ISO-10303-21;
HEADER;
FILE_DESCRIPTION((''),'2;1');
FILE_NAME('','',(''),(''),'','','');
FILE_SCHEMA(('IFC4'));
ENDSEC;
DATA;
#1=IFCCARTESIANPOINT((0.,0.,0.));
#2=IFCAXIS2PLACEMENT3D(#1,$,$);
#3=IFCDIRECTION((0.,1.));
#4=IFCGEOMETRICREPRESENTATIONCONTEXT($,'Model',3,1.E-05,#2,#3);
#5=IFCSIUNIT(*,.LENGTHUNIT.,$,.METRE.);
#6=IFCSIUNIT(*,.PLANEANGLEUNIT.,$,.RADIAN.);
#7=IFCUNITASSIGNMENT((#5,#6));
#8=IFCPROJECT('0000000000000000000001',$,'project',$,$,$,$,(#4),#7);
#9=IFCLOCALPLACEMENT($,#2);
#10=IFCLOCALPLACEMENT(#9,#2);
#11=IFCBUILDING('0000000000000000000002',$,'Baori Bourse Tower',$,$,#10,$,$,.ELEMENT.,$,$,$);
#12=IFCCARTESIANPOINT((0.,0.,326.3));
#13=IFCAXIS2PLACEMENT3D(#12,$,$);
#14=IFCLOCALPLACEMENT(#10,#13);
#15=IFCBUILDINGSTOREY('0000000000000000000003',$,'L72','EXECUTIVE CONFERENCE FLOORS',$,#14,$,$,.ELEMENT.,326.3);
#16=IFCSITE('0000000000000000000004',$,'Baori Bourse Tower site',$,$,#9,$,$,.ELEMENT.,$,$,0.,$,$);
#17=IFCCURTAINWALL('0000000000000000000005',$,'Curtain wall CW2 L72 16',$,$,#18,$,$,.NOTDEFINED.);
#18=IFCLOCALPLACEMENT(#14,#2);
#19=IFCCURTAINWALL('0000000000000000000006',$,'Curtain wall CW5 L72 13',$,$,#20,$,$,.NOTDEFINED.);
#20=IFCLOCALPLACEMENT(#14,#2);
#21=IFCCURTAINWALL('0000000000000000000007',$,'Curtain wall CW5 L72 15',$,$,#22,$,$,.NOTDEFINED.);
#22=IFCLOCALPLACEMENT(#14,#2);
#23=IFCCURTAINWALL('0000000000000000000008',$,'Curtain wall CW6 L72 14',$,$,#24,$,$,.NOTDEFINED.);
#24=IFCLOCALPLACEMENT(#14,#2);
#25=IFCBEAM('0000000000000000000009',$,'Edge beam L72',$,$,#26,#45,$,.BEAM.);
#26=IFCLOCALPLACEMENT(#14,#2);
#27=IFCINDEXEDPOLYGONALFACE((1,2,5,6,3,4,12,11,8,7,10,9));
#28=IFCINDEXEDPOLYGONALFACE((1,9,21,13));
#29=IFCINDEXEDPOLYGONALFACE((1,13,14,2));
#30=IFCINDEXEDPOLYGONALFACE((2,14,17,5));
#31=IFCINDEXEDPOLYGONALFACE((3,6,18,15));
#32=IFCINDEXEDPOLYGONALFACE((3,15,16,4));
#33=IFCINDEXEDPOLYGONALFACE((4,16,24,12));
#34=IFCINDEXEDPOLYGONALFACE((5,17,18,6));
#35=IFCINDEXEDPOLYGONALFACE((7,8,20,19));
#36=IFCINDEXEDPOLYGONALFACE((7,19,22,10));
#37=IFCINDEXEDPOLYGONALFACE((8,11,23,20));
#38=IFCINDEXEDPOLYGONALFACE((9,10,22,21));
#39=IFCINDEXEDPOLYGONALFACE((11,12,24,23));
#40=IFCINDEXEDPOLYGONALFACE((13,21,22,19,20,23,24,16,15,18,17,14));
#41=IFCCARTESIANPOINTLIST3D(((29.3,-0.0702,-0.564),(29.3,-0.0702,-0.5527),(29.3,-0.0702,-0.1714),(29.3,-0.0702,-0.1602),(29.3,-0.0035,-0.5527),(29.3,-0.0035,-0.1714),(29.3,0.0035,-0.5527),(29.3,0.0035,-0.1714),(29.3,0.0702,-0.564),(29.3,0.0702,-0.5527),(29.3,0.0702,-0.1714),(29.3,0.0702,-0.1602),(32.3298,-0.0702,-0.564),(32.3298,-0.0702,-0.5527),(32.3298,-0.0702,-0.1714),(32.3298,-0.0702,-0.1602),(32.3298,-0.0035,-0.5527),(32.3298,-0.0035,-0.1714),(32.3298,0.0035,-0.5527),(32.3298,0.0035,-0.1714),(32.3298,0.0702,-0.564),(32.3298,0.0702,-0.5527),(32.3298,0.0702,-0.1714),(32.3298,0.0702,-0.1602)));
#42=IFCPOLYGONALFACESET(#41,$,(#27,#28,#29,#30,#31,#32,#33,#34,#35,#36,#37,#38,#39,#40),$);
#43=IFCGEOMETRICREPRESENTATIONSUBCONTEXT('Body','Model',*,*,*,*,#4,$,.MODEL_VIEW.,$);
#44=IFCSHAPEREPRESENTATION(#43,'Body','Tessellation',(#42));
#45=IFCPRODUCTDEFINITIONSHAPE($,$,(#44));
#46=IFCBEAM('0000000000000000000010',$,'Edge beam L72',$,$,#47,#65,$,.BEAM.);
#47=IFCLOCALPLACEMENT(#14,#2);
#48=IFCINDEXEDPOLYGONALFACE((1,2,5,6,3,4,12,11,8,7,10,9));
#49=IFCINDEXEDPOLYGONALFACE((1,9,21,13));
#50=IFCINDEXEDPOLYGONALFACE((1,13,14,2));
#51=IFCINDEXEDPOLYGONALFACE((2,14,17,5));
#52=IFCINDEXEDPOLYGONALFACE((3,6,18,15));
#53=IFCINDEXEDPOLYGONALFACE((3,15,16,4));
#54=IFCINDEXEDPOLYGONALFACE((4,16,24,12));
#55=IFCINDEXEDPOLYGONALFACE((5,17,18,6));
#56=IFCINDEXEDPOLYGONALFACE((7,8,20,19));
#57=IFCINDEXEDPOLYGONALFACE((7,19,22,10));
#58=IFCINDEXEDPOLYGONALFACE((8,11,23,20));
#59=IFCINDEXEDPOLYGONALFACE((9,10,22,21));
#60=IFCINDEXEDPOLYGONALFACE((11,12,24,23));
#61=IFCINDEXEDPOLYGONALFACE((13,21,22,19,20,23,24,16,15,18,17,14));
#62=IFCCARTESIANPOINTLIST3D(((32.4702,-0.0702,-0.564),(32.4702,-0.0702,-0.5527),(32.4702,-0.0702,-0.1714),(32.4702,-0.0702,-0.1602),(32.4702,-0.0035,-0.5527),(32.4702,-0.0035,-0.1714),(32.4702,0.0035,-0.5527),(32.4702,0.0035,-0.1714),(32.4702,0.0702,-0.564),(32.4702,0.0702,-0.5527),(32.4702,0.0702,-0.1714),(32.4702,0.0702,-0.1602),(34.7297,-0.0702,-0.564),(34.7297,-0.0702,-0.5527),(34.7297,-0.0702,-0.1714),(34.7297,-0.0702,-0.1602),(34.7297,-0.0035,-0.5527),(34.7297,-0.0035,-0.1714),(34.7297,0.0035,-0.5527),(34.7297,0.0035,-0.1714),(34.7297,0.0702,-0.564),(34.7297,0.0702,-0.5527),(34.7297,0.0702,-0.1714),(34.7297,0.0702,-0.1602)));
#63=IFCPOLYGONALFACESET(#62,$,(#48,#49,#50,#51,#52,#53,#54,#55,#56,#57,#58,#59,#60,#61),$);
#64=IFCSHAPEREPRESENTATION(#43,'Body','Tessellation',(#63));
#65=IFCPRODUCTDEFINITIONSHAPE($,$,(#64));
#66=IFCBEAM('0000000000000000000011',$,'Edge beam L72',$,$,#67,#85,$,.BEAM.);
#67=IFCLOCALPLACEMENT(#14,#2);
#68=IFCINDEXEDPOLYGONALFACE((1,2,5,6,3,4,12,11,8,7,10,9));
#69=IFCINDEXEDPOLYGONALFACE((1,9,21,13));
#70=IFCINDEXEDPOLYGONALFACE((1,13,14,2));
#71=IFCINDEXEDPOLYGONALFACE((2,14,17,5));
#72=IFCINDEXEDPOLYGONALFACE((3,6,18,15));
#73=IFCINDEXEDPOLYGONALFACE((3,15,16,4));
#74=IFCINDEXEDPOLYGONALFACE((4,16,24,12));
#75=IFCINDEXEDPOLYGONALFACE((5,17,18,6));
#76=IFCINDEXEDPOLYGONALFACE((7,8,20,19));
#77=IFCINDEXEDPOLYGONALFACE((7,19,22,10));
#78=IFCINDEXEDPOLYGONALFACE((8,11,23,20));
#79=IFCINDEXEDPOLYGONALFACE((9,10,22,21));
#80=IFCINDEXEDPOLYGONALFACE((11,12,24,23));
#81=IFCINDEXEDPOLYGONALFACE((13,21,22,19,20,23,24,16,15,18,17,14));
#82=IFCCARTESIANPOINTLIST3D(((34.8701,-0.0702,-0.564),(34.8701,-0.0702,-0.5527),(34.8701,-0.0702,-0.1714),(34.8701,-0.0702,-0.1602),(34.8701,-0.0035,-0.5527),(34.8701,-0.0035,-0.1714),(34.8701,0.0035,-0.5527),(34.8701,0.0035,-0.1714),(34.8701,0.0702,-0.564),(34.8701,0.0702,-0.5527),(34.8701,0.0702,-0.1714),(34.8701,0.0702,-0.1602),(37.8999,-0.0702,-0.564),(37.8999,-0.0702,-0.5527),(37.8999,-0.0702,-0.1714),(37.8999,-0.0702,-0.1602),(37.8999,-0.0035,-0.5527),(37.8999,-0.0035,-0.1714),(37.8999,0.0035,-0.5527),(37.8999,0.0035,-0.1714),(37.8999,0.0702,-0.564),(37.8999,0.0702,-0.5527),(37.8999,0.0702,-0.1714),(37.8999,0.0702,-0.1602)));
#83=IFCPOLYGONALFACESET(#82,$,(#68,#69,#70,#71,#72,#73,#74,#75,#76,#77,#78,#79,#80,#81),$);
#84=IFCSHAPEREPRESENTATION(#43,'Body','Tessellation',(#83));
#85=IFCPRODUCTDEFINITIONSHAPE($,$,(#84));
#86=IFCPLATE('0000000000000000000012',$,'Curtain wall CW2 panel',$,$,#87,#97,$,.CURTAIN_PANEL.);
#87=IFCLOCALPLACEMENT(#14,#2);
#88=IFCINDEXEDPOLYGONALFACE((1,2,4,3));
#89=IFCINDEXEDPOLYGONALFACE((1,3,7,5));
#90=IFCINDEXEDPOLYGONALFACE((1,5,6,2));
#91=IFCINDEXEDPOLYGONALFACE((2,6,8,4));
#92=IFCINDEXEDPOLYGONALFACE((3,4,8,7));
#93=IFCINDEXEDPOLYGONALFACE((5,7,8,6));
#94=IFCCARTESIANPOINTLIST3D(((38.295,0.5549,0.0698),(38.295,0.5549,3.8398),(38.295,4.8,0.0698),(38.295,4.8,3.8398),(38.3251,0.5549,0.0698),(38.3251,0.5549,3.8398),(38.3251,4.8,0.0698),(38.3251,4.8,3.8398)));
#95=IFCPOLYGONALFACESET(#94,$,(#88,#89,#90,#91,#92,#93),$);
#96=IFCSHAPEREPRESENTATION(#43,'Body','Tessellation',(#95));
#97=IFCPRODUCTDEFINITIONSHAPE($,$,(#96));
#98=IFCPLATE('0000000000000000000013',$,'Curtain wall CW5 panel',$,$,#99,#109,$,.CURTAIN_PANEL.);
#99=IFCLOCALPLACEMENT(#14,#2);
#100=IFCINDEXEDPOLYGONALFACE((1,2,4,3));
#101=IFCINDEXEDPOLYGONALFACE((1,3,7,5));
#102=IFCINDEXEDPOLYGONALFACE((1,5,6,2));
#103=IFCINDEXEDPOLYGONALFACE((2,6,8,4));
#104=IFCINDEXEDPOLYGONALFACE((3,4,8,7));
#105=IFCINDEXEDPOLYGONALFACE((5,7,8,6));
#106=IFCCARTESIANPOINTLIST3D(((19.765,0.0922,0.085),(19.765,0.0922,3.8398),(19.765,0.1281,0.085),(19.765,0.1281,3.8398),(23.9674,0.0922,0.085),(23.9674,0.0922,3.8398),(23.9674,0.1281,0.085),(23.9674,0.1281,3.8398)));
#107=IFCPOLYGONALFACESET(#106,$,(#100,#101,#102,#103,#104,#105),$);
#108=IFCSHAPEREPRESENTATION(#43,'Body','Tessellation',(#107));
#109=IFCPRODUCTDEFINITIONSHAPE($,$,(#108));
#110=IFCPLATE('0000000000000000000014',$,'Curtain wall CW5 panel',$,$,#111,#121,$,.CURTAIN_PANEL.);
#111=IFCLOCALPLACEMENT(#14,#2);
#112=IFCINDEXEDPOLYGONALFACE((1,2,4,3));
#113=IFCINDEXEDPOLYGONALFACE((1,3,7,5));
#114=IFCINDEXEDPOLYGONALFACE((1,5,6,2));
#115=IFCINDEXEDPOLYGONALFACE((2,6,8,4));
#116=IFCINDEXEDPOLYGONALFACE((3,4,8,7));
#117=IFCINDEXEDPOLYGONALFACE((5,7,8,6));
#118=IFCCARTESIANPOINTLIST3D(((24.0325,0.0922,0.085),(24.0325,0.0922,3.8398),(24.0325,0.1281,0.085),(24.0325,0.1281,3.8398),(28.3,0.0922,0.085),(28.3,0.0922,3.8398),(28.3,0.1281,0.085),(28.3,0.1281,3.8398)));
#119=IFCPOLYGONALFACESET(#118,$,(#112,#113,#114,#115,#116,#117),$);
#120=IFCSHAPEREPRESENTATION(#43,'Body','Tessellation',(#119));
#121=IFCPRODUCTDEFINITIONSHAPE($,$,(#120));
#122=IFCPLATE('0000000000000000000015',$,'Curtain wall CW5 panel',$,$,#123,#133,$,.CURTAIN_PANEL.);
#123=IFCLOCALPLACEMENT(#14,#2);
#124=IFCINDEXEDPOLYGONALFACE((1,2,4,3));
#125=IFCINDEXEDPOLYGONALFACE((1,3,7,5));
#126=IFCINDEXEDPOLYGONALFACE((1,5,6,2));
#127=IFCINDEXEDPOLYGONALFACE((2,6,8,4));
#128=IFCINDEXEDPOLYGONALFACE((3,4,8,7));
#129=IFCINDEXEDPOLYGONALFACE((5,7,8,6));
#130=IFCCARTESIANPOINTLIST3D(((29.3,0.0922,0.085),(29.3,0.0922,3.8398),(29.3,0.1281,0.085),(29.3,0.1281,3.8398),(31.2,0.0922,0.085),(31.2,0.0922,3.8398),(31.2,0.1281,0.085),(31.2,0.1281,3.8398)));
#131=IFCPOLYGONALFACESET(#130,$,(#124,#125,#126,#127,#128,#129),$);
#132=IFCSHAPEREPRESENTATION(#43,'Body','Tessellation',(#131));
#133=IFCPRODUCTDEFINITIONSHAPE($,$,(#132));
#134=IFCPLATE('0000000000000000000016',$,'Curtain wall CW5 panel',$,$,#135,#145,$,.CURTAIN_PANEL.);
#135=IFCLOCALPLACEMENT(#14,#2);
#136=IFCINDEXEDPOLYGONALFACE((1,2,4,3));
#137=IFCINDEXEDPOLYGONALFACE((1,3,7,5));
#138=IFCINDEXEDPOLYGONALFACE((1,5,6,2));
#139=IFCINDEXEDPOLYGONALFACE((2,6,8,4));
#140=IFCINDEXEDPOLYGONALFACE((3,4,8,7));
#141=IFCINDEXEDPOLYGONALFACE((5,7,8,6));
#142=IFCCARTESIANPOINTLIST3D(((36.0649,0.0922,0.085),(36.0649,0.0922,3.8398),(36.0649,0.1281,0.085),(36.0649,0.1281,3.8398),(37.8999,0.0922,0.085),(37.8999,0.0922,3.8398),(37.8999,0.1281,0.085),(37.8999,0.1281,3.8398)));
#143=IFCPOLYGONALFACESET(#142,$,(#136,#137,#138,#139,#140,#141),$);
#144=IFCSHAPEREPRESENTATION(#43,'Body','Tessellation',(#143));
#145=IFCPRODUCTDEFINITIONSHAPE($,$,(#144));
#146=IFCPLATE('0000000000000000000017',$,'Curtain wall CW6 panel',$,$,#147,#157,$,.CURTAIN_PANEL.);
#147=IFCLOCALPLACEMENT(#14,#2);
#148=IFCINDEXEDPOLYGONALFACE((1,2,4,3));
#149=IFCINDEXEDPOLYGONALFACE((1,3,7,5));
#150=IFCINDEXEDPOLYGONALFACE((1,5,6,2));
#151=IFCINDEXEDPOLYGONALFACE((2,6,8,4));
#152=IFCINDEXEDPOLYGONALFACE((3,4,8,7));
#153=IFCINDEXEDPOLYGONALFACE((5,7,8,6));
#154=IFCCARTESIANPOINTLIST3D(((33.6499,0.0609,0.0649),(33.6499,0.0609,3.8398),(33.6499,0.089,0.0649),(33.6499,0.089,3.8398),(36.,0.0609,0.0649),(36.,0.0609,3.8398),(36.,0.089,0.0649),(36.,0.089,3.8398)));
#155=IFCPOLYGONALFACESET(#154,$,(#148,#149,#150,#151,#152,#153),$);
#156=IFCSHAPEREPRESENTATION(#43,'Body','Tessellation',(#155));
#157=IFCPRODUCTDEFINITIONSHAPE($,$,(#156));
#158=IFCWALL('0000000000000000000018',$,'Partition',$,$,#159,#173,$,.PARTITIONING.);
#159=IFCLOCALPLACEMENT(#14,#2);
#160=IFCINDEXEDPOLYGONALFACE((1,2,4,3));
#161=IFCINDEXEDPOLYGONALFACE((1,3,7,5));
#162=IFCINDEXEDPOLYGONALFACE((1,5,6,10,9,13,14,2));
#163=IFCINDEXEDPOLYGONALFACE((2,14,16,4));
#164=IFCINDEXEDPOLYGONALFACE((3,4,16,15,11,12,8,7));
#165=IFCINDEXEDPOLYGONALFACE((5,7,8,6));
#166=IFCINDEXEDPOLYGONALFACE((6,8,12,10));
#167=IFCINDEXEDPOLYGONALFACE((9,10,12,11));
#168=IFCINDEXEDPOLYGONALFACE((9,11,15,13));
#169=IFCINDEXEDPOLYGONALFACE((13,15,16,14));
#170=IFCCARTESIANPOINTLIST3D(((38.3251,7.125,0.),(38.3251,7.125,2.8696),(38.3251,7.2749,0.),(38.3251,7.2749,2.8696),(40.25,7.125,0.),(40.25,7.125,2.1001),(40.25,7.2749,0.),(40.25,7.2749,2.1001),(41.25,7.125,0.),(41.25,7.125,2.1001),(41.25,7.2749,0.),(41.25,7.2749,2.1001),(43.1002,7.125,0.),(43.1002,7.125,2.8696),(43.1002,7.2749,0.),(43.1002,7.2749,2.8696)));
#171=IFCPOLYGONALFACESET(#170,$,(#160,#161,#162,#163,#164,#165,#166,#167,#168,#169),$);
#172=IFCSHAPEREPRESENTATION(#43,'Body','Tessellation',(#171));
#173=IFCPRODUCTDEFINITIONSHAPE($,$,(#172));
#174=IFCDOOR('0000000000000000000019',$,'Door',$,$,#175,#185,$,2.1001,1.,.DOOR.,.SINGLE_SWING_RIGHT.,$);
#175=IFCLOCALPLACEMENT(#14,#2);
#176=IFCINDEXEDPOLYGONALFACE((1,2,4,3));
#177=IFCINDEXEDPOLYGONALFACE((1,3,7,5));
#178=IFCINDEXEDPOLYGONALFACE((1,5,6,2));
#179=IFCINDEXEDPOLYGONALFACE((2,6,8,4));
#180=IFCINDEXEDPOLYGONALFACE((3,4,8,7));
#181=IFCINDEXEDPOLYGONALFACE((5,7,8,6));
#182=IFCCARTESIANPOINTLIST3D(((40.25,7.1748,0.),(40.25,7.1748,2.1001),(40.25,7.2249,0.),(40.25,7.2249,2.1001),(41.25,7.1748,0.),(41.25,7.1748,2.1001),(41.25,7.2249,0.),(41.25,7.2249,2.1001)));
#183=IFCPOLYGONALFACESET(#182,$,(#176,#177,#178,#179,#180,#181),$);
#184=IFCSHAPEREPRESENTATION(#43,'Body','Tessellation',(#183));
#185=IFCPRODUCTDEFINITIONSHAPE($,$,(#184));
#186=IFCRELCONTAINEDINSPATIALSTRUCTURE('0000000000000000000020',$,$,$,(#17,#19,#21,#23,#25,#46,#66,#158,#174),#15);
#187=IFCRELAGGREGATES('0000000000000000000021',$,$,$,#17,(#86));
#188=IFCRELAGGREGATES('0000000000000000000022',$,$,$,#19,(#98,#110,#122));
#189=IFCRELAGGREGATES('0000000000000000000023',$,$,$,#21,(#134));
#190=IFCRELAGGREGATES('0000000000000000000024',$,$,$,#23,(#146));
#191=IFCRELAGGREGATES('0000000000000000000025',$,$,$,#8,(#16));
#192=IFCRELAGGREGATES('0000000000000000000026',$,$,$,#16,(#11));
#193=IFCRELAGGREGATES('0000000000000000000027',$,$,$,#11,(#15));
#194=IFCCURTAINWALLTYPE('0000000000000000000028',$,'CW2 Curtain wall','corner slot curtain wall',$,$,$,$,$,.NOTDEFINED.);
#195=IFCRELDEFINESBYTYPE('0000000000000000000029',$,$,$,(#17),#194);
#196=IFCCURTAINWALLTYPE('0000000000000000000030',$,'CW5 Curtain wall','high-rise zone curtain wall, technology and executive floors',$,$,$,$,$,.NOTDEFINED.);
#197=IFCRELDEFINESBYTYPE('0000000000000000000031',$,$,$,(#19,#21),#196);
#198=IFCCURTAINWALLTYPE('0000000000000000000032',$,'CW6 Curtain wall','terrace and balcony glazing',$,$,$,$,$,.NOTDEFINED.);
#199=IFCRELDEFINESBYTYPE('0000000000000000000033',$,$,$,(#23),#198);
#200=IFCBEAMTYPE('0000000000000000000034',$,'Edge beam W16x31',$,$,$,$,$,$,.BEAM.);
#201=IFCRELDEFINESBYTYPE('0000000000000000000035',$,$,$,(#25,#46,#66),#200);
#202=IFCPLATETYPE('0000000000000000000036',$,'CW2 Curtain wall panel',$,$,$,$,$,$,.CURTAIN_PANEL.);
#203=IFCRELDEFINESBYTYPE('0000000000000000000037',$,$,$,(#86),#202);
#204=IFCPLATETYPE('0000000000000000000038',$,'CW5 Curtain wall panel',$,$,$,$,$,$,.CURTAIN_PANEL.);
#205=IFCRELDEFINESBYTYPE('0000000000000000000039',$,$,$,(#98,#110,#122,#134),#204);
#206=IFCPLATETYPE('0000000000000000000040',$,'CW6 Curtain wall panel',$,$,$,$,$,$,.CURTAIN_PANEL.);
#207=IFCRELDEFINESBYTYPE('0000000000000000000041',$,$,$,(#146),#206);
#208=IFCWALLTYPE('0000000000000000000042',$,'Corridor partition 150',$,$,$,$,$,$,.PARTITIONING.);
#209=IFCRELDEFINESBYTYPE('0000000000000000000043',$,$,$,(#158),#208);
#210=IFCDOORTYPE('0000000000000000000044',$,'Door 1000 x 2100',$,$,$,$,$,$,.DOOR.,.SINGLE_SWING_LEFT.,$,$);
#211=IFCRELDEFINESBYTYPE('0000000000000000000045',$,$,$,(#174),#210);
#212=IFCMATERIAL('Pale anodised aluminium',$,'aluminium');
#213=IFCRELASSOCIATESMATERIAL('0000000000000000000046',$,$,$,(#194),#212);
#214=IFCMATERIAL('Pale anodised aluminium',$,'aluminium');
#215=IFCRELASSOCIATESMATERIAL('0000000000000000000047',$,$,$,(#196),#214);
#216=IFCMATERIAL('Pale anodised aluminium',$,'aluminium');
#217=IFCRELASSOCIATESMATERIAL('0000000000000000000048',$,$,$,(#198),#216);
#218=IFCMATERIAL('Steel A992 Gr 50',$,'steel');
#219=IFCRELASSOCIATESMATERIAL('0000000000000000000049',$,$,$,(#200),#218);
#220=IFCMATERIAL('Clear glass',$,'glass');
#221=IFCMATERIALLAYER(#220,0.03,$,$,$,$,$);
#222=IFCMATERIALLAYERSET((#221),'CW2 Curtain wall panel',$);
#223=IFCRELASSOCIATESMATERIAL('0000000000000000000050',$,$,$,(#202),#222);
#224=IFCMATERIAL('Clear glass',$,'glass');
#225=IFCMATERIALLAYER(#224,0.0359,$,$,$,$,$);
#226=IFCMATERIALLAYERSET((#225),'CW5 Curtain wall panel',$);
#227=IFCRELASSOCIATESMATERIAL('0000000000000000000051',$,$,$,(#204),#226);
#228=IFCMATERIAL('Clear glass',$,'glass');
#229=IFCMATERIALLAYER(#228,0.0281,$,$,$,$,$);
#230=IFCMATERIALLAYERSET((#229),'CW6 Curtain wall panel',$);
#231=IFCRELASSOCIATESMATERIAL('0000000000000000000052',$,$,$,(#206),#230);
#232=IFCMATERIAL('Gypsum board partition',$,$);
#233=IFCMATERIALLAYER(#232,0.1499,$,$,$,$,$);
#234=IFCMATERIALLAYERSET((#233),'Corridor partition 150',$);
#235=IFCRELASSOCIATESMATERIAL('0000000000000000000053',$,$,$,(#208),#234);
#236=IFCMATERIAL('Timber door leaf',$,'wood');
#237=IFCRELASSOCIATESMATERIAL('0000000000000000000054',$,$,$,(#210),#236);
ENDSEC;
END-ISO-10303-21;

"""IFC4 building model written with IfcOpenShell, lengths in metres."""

from ifc_helpers import new_model, si_unit, direction, frame, frame_2d, origin, origin_2d, place, context, subcontext, project, spatial, rectangle, i_section, extrude, material, layer, layer_set, material_profile, profile_set, type_object, element, fill, aggregate, save


model = new_model("IFC4")

# Units and contexts
model_context = context("Model", 3, precision=1e-05, world=origin(), true_north=direction((0.0, 1.0)))
body_context = subcontext(model_context, "Body", "Model", "MODEL_VIEW")
ifc_project = project(units=[si_unit("LENGTHUNIT", "METRE"), si_unit("PLANEANGLEUNIT", "RADIAN")], contexts=[model_context])

# Site, building, storey
site_placement = place(None, origin())
site = spatial("IfcSite", under=ifc_project, at=site_placement, Name="Baori Bourse Tower site", CompositionType="ELEMENT", RefElevation=0.0)
building_placement = place(site_placement, origin())
building = spatial("IfcBuilding", under=site, at=building_placement, Name="Baori Bourse Tower", CompositionType="ELEMENT")
storey_placement = place(building_placement, frame((0.0, 0.0, 326.3)))
storey = spatial("IfcBuildingStorey", under=building, at=storey_placement, Name="L72", Description="EXECUTIVE CONFERENCE FLOORS", CompositionType="ELEMENT", Elevation=326.3)

# Curtain wall
ifc_material_1 = material(Name="Pale anodised aluminium", Category="aluminium")
curtain_wall_type_1 = type_object("IfcCurtainWallType", Name="CW2 Curtain wall", Description="corner slot curtain wall", PredefinedType="NOTDEFINED", material=ifc_material_1)
curtain_wall_1_placement = place(storey_placement, origin())
curtain_wall_1 = element("IfcCurtainWall", 1, at=curtain_wall_1_placement, inside=storey, type_object=curtain_wall_type_1, Name="Curtain wall CW2 L72 16", PredefinedType="NOTDEFINED")

# Curtain walls
ifc_material_2 = material(Name="Pale anodised aluminium", Category="aluminium")
curtain_wall_type_2 = type_object("IfcCurtainWallType", Name="CW5 Curtain wall", Description="high-rise zone curtain wall, technology and executive floors", PredefinedType="NOTDEFINED", material=ifc_material_2)
curtain_wall_2_placement = place(storey_placement, origin())
curtain_wall_2 = element("IfcCurtainWall", 2, at=curtain_wall_2_placement, inside=storey, type_object=curtain_wall_type_2, Name="Curtain wall CW5 L72 13", PredefinedType="NOTDEFINED")
curtain_wall_3_placement = place(storey_placement, origin())
curtain_wall_3 = element("IfcCurtainWall", 3, at=curtain_wall_3_placement, inside=storey, type_object=curtain_wall_type_2, Name="Curtain wall CW5 L72 15", PredefinedType="NOTDEFINED")

# Curtain wall
ifc_material_3 = material(Name="Pale anodised aluminium", Category="aluminium")
curtain_wall_type_3 = type_object("IfcCurtainWallType", Name="CW6 Curtain wall", Description="terrace and balcony glazing", PredefinedType="NOTDEFINED", material=ifc_material_3)
curtain_wall_4_placement = place(storey_placement, origin())
curtain_wall_4 = element("IfcCurtainWall", 4, at=curtain_wall_4_placement, inside=storey, type_object=curtain_wall_type_3, Name="Curtain wall CW6 L72 14", PredefinedType="NOTDEFINED")

# Beams
ifc_material_4 = material(Name="Steel A992 Gr 50", Category="steel")
ifc_material_profile_1 = material_profile(ifc_material_4, i_section(OverallWidth=0.1404, OverallDepth=0.4038, WebThickness=0.0071, FlangeThickness=0.0112, at=origin_2d()), Name="W16x31")
ifc_profile_set_1 = profile_set([ifc_material_profile_1], Name="Steel A992 Gr 50")
beam_type_1 = type_object("IfcBeamType", Name="Edge beam W16x31", PredefinedType="BEAM", material=ifc_profile_set_1)
beam_1_placement = place(storey_placement, frame((29.3, 0.0, -0.3621), z_axis=(1.0, 0.0, 0.0), x_axis=(0.0, 1.0, 0.0)))
element("IfcBeam", 5, at=beam_1_placement, inside=storey, type_object=beam_type_1, Name="Edge beam L72", PredefinedType="BEAM", context=body_context, shape_type="SweptSolid", body=[
    extrude(i_section(OverallWidth=0.1404, OverallDepth=0.4038, WebThickness=0.0071, FlangeThickness=0.0112, at=origin_2d()), origin(), (0.0, 0.0, 1.0), 3.0298),
])
beam_2_placement = place(storey_placement, frame((32.4702, 0.0, -0.3621), z_axis=(1.0, 0.0, 0.0), x_axis=(0.0, 1.0, 0.0)))
element("IfcBeam", 6, at=beam_2_placement, inside=storey, type_object=beam_type_1, Name="Edge beam L72", PredefinedType="BEAM", context=body_context, shape_type="SweptSolid", body=[
    extrude(i_section(OverallWidth=0.1404, OverallDepth=0.4038, WebThickness=0.0071, FlangeThickness=0.0112, at=origin_2d()), origin(), (0.0, 0.0, 1.0), 2.2595),
])
beam_3_placement = place(storey_placement, frame((34.8701, 0.0, -0.3621), z_axis=(1.0, 0.0, 0.0), x_axis=(0.0, 1.0, 0.0)))
element("IfcBeam", 7, at=beam_3_placement, inside=storey, type_object=beam_type_1, Name="Edge beam L72", PredefinedType="BEAM", context=body_context, shape_type="SweptSolid", body=[
    extrude(i_section(OverallWidth=0.1404, OverallDepth=0.4038, WebThickness=0.0071, FlangeThickness=0.0112, at=origin_2d()), origin(), (0.0, 0.0, 1.0), 3.0298),
])

# Plates
ifc_material_5 = material(Name="Clear glass", Category="glass")
ifc_layer_1 = layer(ifc_material_5, 0.03)
ifc_layer_set_1 = layer_set([ifc_layer_1], Name="CW2 Curtain wall panel")
plate_type_1 = type_object("IfcPlateType", Name="CW2 Curtain wall panel", PredefinedType="CURTAIN_PANEL", material=ifc_layer_set_1)
plate_1_placement = place(storey_placement, frame((38.3101, 2.6775, 0.0698), z_axis=(0.0, 0.0, 1.0), x_axis=(0.0, 1.0, 0.0)))
plate_1 = element("IfcPlate", 8, at=plate_1_placement, type_object=plate_type_1, Name="Curtain wall CW2 panel", PredefinedType="CURTAIN_PANEL", context=body_context, shape_type="SweptSolid", body=[
    extrude(rectangle(XDim=4.2451, YDim=0.03, at=origin_2d()), origin(), (0.0, 0.0, 1.0), 3.77),
])
aggregate(curtain_wall_1, [plate_1])
ifc_material_6 = material(Name="Clear glass", Category="glass")
ifc_layer_2 = layer(ifc_material_6, 0.0359)
ifc_layer_set_2 = layer_set([ifc_layer_2], Name="CW5 Curtain wall panel")
plate_type_2 = type_object("IfcPlateType", Name="CW5 Curtain wall panel", PredefinedType="CURTAIN_PANEL", material=ifc_layer_set_2)
plate_2_placement = place(storey_placement, frame((21.8662, 0.1101, 0.085), z_axis=(0.0, 0.0, 1.0), x_axis=(1.0, 0.0, 0.0)))
plate_2 = element("IfcPlate", 9, at=plate_2_placement, type_object=plate_type_2, Name="Curtain wall CW5 panel", PredefinedType="CURTAIN_PANEL", context=body_context, shape_type="SweptSolid", body=[
    extrude(rectangle(XDim=4.2024, YDim=0.0359, at=origin_2d()), origin(), (0.0, 0.0, 1.0), 3.7549),
])
plate_3_placement = place(storey_placement, frame((26.1663, 0.1101, 0.085), z_axis=(0.0, 0.0, 1.0), x_axis=(1.0, 0.0, 0.0)))
plate_3 = element("IfcPlate", 10, at=plate_3_placement, type_object=plate_type_2, Name="Curtain wall CW5 panel", PredefinedType="CURTAIN_PANEL", context=body_context, shape_type="SweptSolid", body=[
    extrude(rectangle(XDim=4.2676, YDim=0.0359, at=origin_2d()), origin(), (0.0, 0.0, 1.0), 3.7549),
])
plate_4_placement = place(storey_placement, frame((30.25, 0.1101, 0.085), z_axis=(0.0, 0.0, 1.0), x_axis=(1.0, 0.0, 0.0)))
plate_4 = element("IfcPlate", 11, at=plate_4_placement, type_object=plate_type_2, Name="Curtain wall CW5 panel", PredefinedType="CURTAIN_PANEL", context=body_context, shape_type="SweptSolid", body=[
    extrude(rectangle(XDim=1.8999, YDim=0.0359, at=origin_2d()), origin(), (0.0, 0.0, 1.0), 3.7549),
])
aggregate(curtain_wall_2, [plate_2, plate_3, plate_4])
plate_5_placement = place(storey_placement, frame((36.9824, 0.1101, 0.085), z_axis=(0.0, 0.0, 1.0), x_axis=(1.0, 0.0, 0.0)))
plate_5 = element("IfcPlate", 12, at=plate_5_placement, type_object=plate_type_2, Name="Curtain wall CW5 panel", PredefinedType="CURTAIN_PANEL", context=body_context, shape_type="SweptSolid", body=[
    extrude(rectangle(XDim=1.835, YDim=0.0359, at=origin_2d()), origin(), (0.0, 0.0, 1.0), 3.7549),
])
aggregate(curtain_wall_3, [plate_5])
ifc_material_7 = material(Name="Clear glass", Category="glass")
ifc_layer_3 = layer(ifc_material_7, 0.0281)
ifc_layer_set_3 = layer_set([ifc_layer_3], Name="CW6 Curtain wall panel")
plate_type_3 = type_object("IfcPlateType", Name="CW6 Curtain wall panel", PredefinedType="CURTAIN_PANEL", material=ifc_layer_set_3)
plate_6_placement = place(storey_placement, frame((34.825, 0.075, 0.0649), z_axis=(0.0, 0.0, 1.0), x_axis=(1.0, 0.0, 0.0)))
plate_6 = element("IfcPlate", 13, at=plate_6_placement, type_object=plate_type_3, Name="Curtain wall CW6 panel", PredefinedType="CURTAIN_PANEL", context=body_context, shape_type="SweptSolid", body=[
    extrude(rectangle(XDim=2.3501, YDim=0.0281, at=origin_2d()), origin(), (0.0, 0.0, 1.0), 3.7749),
])
aggregate(curtain_wall_4, [plate_6])

# Wall, opening, door
ifc_material_8 = material(Name="Gypsum board partition")
ifc_layer_4 = layer(ifc_material_8, 0.1499)
ifc_layer_set_4 = layer_set([ifc_layer_4], Name="Corridor partition 150")
wall_type_1 = type_object("IfcWallType", Name="Corridor partition 150", PredefinedType="PARTITIONING", material=ifc_layer_set_4)
wall_1_placement = place(storey_placement, frame((38.325, 7.2, 0.0), z_axis=(0.0, 0.0, 1.0), x_axis=(1.0, 0.0, 0.0)))
wall_1 = element("IfcWall", 14, at=wall_1_placement, inside=storey, type_object=wall_type_1, Name="Partition", PredefinedType="PARTITIONING", context=body_context, shape_type="SweptSolid", body=[
    extrude(rectangle(XDim=4.7751, YDim=0.1499, at=frame_2d((2.3877, 0.0))), origin(), (0.0, 0.0, 1.0), 2.8696),
])
opening_1_placement = place(wall_1_placement, frame((1.925, 0.0, 0.0)))
opening_1 = element("IfcOpeningElement", 15, at=opening_1_placement, cuts=wall_1, PredefinedType="OPENING", context=body_context, shape_type="SweptSolid", body=[
    extrude(rectangle(XDim=1.0, YDim=2.1001, at=frame_2d((0.5, 1.05))), frame((0.0, 0.085, 0.0), z_axis=(0.0, -1.0, 0.0), x_axis=(1.0, 0.0, 0.0)), (0.0, 0.0, 1.0), 0.1699),
])
ifc_material_9 = material(Name="Timber door leaf", Category="wood")
door_type_1 = type_object("IfcDoorType", Name="Door 1000 x 2100", OperationType="SINGLE_SWING_LEFT", PredefinedType="DOOR", material=ifc_material_9)
door_1_placement = place(opening_1_placement, origin())
door_1 = element("IfcDoor", 16, at=door_1_placement, inside=storey, type_object=door_type_1, Name="Door", OperationType="SINGLE_SWING_RIGHT", OverallHeight=2.1001, OverallWidth=1.0, PredefinedType="DOOR", context=body_context, shape_type="SweptSolid", body=[
    extrude(rectangle(XDim=1.0, YDim=2.1001, at=frame_2d((0.5, 1.05))), frame((0.0, 0.0249, 0.0), z_axis=(0.0, -1.0, 0.0), x_axis=(1.0, 0.0, 0.0)), (0.0, 0.0, 1.0), 0.05),
])
fill(opening_1, door_1)

save(model, "model.ifc")
